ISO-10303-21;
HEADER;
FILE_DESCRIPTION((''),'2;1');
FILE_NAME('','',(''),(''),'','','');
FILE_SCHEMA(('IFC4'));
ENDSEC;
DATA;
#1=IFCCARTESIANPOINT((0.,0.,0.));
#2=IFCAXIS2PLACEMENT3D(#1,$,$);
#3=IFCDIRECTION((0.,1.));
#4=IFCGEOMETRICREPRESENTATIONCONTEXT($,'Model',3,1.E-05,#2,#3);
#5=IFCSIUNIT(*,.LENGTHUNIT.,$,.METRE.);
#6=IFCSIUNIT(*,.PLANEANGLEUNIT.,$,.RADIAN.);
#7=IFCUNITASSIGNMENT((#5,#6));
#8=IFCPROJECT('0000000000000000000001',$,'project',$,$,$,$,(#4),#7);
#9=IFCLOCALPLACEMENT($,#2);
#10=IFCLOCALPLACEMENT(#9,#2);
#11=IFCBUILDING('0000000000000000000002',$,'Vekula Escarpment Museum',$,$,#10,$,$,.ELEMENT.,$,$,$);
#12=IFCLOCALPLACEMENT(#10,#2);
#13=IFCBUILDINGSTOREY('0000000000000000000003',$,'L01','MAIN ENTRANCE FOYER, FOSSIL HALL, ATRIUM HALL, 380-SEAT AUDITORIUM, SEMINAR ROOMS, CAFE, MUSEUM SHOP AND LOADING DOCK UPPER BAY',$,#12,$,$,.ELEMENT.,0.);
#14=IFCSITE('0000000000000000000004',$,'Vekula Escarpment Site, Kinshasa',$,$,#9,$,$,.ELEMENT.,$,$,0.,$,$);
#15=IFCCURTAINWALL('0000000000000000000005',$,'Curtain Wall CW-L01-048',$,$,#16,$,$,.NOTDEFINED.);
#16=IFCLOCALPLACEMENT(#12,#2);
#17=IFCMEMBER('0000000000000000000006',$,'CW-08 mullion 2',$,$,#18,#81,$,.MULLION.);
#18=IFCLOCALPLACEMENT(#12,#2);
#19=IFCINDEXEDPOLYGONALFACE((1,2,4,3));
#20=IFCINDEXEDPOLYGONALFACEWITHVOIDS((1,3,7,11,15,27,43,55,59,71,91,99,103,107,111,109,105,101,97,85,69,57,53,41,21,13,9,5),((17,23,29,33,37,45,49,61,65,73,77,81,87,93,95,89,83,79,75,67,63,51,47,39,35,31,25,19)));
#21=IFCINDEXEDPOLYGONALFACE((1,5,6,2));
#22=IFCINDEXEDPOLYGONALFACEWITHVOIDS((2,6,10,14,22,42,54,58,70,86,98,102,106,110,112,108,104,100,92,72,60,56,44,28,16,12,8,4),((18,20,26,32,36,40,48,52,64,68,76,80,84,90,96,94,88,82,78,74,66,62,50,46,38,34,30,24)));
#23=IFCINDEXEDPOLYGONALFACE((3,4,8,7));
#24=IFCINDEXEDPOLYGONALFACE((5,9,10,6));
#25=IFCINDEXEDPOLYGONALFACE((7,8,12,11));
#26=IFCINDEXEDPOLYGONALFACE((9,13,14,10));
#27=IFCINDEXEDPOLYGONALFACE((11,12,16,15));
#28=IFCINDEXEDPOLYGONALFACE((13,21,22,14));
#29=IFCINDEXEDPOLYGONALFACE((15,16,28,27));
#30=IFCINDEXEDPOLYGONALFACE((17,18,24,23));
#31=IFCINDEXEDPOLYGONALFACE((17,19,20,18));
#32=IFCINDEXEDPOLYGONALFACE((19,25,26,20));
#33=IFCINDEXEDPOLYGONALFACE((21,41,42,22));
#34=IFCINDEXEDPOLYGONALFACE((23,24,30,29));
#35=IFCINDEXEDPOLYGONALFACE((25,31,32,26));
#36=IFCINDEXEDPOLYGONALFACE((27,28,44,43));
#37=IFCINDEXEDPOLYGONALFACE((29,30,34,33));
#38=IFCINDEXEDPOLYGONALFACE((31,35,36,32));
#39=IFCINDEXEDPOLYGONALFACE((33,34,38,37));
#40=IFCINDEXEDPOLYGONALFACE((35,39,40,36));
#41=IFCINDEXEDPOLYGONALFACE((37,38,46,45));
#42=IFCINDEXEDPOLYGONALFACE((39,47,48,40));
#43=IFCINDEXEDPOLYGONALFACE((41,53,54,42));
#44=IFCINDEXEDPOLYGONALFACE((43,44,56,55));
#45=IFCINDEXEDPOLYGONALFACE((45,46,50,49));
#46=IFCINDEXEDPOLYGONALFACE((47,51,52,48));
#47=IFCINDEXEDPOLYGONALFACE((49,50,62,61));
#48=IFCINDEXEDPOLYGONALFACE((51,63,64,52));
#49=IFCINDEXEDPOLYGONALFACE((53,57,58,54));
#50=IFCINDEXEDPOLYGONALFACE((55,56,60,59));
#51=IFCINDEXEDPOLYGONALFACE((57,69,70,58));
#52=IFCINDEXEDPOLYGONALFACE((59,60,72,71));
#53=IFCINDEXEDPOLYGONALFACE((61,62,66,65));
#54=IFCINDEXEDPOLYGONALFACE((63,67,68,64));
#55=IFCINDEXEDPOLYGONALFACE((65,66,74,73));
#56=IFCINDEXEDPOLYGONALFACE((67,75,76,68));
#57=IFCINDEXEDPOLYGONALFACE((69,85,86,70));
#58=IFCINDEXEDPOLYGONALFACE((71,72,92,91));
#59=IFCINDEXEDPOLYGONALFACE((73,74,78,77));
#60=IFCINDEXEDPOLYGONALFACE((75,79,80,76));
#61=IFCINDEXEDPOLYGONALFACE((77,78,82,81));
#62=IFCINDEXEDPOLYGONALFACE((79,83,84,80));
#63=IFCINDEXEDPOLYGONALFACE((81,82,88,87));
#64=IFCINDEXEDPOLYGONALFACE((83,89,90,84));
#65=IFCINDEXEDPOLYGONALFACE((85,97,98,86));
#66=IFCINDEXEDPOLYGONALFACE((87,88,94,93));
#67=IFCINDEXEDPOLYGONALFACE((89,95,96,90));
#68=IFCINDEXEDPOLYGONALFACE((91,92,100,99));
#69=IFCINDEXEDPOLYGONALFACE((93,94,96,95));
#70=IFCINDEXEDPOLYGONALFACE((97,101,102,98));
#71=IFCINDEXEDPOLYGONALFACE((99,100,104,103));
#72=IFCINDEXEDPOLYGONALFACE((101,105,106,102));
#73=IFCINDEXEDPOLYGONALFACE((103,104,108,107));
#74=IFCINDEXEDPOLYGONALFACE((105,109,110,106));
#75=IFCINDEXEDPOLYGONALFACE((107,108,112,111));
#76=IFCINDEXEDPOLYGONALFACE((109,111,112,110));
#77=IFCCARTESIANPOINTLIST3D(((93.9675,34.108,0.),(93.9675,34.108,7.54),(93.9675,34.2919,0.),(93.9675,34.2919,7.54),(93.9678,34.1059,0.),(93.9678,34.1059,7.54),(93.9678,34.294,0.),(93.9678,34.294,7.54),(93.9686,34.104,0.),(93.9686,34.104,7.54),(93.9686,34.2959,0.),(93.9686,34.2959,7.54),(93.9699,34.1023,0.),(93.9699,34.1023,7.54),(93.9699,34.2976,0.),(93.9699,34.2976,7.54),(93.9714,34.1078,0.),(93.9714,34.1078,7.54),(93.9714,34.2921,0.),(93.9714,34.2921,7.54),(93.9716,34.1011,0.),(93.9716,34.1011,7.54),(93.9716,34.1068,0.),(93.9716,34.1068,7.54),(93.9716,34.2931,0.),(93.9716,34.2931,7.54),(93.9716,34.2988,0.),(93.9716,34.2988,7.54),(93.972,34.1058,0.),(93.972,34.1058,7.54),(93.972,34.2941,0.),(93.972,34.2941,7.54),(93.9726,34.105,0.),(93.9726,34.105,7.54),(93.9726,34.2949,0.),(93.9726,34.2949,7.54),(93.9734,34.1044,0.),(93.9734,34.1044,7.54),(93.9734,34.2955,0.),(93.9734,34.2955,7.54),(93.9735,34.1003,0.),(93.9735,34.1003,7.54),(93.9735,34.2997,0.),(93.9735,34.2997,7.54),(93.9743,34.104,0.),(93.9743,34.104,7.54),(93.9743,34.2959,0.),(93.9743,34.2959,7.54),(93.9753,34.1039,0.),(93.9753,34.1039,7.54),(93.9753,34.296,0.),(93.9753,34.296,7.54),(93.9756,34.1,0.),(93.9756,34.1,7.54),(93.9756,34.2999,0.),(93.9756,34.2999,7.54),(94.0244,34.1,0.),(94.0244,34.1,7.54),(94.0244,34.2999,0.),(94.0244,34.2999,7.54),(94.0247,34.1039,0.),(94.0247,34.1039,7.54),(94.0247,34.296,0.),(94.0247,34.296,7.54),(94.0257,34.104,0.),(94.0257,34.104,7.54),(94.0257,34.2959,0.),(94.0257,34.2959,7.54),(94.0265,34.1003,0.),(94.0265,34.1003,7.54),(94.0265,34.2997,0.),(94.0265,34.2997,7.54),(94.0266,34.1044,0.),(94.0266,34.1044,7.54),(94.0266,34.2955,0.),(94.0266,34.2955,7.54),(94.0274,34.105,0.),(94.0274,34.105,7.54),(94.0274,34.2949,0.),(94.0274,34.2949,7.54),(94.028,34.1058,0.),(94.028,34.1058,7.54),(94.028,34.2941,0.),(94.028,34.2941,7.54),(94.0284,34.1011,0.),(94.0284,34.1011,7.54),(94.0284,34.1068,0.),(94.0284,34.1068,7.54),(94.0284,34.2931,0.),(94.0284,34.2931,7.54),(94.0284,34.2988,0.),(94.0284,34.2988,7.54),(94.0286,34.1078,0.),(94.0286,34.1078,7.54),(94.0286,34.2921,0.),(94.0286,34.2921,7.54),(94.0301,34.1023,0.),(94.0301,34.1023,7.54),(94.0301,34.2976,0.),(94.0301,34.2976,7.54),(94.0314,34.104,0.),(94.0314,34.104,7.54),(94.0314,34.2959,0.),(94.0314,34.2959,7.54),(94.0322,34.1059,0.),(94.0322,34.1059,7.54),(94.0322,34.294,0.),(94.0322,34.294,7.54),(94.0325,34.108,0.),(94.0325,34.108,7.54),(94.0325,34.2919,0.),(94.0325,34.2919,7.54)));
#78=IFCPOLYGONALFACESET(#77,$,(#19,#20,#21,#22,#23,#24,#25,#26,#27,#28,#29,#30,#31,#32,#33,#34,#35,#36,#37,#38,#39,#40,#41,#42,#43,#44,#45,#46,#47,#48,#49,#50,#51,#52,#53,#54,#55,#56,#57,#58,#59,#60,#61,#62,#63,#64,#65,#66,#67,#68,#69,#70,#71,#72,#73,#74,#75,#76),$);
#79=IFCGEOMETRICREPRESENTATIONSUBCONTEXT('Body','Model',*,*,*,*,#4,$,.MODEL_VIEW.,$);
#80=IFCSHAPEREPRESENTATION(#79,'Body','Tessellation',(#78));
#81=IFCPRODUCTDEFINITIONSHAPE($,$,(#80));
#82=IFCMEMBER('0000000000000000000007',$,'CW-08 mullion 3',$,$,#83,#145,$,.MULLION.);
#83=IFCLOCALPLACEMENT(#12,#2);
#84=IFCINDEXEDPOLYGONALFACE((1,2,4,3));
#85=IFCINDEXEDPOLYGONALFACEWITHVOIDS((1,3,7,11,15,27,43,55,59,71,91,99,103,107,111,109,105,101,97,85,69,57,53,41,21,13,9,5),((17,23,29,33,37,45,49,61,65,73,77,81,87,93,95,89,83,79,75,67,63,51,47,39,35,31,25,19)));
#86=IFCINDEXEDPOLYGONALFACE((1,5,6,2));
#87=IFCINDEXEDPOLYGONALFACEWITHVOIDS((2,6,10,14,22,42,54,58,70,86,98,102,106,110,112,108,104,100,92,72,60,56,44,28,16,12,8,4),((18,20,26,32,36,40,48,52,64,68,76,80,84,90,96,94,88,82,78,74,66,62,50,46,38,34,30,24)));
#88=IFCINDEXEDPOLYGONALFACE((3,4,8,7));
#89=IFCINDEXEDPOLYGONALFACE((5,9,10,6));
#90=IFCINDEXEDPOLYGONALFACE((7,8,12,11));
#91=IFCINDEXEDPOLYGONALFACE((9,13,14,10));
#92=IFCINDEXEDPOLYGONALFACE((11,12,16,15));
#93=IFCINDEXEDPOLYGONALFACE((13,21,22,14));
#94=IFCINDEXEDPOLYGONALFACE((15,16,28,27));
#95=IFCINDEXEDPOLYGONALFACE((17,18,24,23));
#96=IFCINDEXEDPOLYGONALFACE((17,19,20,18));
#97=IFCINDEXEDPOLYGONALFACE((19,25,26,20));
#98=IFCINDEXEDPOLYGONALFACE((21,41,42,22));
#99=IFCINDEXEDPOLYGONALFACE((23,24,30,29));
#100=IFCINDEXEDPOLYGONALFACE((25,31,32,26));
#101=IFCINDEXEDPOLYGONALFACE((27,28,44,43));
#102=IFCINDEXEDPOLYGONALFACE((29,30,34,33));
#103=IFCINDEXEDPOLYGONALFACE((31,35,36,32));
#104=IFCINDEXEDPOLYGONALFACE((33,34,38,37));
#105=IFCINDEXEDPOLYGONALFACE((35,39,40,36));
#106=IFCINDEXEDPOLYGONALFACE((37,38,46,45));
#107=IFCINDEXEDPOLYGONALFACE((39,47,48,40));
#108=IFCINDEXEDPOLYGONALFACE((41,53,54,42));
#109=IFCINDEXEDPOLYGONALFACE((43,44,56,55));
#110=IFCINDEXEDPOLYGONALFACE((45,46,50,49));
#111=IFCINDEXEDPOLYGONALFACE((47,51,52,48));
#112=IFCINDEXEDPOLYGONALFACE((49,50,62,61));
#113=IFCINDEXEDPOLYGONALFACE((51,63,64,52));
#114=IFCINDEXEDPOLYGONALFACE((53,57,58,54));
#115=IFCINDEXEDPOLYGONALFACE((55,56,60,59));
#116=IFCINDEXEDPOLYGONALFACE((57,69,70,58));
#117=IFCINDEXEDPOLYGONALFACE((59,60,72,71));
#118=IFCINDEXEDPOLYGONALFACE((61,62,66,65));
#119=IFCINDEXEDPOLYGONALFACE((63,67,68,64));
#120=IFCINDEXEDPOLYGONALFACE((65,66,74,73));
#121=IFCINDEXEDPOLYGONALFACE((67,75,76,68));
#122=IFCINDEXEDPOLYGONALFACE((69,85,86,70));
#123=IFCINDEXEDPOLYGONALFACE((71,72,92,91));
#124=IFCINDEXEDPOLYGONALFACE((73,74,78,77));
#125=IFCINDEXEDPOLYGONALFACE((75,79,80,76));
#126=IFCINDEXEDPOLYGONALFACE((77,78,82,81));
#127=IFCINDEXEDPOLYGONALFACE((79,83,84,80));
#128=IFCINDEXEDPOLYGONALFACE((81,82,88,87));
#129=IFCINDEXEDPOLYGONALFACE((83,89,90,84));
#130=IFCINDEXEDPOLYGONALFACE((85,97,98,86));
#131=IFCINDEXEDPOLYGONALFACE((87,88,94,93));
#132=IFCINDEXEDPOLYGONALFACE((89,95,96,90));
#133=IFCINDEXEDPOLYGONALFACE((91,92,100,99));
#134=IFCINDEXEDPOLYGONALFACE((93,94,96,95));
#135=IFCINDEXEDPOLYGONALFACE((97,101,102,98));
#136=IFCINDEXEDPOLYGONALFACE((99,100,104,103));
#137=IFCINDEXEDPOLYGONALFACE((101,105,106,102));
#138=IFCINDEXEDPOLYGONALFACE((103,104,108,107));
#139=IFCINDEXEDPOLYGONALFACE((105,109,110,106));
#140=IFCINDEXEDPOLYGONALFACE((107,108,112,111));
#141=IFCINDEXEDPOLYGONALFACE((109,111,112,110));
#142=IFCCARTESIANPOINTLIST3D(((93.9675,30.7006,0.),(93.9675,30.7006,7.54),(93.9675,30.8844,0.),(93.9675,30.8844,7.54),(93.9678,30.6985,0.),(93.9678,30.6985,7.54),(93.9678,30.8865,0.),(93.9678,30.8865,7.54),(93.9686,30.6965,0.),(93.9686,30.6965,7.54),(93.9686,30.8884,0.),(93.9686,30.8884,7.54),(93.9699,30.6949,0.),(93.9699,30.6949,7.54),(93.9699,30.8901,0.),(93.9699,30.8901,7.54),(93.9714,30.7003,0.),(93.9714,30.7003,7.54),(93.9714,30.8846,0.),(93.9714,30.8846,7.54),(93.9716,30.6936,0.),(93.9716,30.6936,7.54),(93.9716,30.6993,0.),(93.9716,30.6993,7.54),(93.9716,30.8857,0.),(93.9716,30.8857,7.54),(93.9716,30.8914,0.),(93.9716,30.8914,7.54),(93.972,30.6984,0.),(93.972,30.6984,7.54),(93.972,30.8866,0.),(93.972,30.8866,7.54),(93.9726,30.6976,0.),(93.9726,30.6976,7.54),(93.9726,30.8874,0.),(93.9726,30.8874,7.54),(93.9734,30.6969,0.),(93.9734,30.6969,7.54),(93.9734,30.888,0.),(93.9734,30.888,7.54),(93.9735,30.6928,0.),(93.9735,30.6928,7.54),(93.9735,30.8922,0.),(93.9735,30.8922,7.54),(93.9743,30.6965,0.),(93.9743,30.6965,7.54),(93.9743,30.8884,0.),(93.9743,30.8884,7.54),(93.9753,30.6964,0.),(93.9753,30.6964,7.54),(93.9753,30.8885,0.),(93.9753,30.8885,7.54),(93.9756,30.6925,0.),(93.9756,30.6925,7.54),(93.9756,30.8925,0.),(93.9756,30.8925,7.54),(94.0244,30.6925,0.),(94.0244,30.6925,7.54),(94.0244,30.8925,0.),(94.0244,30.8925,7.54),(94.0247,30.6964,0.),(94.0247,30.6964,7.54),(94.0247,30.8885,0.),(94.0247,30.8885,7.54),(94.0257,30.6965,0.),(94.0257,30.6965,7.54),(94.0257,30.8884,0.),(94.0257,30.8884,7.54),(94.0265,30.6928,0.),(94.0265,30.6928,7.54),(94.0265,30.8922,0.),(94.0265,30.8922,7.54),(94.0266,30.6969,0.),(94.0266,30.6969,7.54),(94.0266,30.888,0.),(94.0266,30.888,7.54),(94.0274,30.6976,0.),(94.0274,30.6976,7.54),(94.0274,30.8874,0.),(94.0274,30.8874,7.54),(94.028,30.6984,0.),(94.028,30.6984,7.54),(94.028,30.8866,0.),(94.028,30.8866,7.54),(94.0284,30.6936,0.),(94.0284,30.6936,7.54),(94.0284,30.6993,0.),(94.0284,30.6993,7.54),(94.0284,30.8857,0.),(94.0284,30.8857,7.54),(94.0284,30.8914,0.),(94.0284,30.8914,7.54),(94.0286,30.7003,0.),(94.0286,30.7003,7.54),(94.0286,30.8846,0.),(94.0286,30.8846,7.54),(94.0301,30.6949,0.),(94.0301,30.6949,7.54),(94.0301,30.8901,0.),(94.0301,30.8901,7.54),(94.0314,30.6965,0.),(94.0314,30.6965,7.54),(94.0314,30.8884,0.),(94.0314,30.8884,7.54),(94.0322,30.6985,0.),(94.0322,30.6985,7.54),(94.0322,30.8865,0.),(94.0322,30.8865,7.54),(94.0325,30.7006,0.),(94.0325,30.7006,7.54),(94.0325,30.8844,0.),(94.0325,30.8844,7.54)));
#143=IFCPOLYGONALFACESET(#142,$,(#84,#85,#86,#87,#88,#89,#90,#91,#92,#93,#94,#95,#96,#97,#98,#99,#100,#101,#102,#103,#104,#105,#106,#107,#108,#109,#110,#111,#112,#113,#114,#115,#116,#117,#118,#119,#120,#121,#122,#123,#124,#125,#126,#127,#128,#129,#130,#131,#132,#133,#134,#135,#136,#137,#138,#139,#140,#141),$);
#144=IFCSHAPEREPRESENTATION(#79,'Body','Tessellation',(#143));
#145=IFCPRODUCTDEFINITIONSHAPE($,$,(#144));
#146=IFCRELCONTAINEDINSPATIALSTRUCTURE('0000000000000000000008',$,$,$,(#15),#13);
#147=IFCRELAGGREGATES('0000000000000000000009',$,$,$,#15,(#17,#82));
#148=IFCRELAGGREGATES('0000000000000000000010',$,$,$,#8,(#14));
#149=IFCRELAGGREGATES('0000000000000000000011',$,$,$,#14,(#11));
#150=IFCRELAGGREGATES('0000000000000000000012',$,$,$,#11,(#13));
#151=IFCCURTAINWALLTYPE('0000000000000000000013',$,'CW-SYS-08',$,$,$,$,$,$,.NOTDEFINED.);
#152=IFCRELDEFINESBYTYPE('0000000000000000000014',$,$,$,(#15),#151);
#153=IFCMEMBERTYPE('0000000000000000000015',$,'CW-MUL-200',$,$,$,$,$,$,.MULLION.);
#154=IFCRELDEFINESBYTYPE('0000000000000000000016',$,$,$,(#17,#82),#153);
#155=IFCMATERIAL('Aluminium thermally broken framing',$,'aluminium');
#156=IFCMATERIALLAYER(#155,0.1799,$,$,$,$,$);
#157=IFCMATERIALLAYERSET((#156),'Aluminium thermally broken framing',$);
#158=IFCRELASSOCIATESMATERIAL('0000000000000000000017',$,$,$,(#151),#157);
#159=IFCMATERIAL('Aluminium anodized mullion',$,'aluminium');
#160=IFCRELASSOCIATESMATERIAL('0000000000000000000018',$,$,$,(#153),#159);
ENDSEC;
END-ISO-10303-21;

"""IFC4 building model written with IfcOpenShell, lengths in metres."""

from ifc_helpers import new_model, si_unit, direction, frame, origin, origin_2d, place, context, subcontext, project, spatial, hollow_rectangle, extrude, material, layer, layer_set, material_profile, profile_set, type_object, element, aggregate, save


model = new_model("IFC4")

# Units and contexts
model_context = context("Model", 3, precision=1e-05, world=origin(), true_north=direction((0.0, 1.0)))
body_context = subcontext(model_context, "Body", "Model", "MODEL_VIEW")
ifc_project = project(units=[si_unit("LENGTHUNIT", "METRE"), si_unit("PLANEANGLEUNIT", "RADIAN")], contexts=[model_context])

# Site, building, storey
site_placement = place(None, origin())
site = spatial("IfcSite", under=ifc_project, at=site_placement, Name="Vekula Escarpment Site, Kinshasa", CompositionType="ELEMENT", RefElevation=0.0)
building_placement = place(site_placement, origin())
building = spatial("IfcBuilding", under=site, at=building_placement, Name="Vekula Escarpment Museum", CompositionType="ELEMENT")
storey_placement = place(building_placement, origin())
storey = spatial("IfcBuildingStorey", under=building, at=storey_placement, Name="L01", Description="MAIN ENTRANCE FOYER, FOSSIL HALL, ATRIUM HALL, 380-SEAT AUDITORIUM, SEMINAR ROOMS, CAFE, MUSEUM SHOP AND LOADING DOCK UPPER BAY", CompositionType="ELEMENT", Elevation=0.0)

# Curtain wall, members
ifc_material_1 = material(Name="Aluminium thermally broken framing", Category="aluminium")
ifc_layer_1 = layer(ifc_material_1, 0.1799)
ifc_layer_set_1 = layer_set([ifc_layer_1], Name="Aluminium thermally broken framing")
curtain_wall_type_1 = type_object("IfcCurtainWallType", Name="CW-SYS-08", PredefinedType="NOTDEFINED", material=ifc_layer_set_1)
curtain_wall_1_placement = place(storey_placement, origin())
curtain_wall_1 = element("IfcCurtainWall", 1, at=curtain_wall_1_placement, inside=storey, type_object=curtain_wall_type_1, Name="Curtain Wall CW-L01-048", PredefinedType="NOTDEFINED")
ifc_material_2 = material(Name="Aluminium anodized mullion", Category="aluminium")
ifc_material_profile_1 = material_profile(ifc_material_2, hollow_rectangle(XDim=0.0649, YDim=0.2, WallThickness=0.0039, InnerFilletRadius=0.0039, OuterFilletRadius=0.0081, at=origin_2d()), Name="ALU 200x65x4")
ifc_profile_set_1 = profile_set([ifc_material_profile_1], Name="Aluminium anodized mullion")
member_type_1 = type_object("IfcMemberType", Name="CW-MUL-200", PredefinedType="MULLION", material=ifc_profile_set_1)
member_1_placement = place(storey_placement, frame((94.0, 34.2, 0.0), z_axis=(0.0, 0.0, 1.0), x_axis=(1.0, 0.0, 0.0)))
member_1 = element("IfcMember", 2, at=member_1_placement, type_object=member_type_1, Name="CW-08 mullion 2", PredefinedType="MULLION", context=body_context, shape_type="SweptSolid", body=[
    extrude(hollow_rectangle(XDim=0.0649, YDim=0.2, WallThickness=0.0039, InnerFilletRadius=0.0039, OuterFilletRadius=0.0081, at=origin_2d()), origin(), (0.0, 0.0, 1.0), 7.54),
])
member_2_placement = place(storey_placement, frame((94.0, 30.7925, 0.0), z_axis=(0.0, 0.0, 1.0), x_axis=(1.0, 0.0, 0.0)))
member_2 = element("IfcMember", 3, at=member_2_placement, type_object=member_type_1, Name="CW-08 mullion 3", PredefinedType="MULLION", context=body_context, shape_type="SweptSolid", body=[
    extrude(hollow_rectangle(XDim=0.0649, YDim=0.2, WallThickness=0.0039, InnerFilletRadius=0.0039, OuterFilletRadius=0.0081, at=origin_2d()), origin(), (0.0, 0.0, 1.0), 7.54),
])

aggregate(curtain_wall_1, [member_1, member_2])

save(model, "model.ifc")
